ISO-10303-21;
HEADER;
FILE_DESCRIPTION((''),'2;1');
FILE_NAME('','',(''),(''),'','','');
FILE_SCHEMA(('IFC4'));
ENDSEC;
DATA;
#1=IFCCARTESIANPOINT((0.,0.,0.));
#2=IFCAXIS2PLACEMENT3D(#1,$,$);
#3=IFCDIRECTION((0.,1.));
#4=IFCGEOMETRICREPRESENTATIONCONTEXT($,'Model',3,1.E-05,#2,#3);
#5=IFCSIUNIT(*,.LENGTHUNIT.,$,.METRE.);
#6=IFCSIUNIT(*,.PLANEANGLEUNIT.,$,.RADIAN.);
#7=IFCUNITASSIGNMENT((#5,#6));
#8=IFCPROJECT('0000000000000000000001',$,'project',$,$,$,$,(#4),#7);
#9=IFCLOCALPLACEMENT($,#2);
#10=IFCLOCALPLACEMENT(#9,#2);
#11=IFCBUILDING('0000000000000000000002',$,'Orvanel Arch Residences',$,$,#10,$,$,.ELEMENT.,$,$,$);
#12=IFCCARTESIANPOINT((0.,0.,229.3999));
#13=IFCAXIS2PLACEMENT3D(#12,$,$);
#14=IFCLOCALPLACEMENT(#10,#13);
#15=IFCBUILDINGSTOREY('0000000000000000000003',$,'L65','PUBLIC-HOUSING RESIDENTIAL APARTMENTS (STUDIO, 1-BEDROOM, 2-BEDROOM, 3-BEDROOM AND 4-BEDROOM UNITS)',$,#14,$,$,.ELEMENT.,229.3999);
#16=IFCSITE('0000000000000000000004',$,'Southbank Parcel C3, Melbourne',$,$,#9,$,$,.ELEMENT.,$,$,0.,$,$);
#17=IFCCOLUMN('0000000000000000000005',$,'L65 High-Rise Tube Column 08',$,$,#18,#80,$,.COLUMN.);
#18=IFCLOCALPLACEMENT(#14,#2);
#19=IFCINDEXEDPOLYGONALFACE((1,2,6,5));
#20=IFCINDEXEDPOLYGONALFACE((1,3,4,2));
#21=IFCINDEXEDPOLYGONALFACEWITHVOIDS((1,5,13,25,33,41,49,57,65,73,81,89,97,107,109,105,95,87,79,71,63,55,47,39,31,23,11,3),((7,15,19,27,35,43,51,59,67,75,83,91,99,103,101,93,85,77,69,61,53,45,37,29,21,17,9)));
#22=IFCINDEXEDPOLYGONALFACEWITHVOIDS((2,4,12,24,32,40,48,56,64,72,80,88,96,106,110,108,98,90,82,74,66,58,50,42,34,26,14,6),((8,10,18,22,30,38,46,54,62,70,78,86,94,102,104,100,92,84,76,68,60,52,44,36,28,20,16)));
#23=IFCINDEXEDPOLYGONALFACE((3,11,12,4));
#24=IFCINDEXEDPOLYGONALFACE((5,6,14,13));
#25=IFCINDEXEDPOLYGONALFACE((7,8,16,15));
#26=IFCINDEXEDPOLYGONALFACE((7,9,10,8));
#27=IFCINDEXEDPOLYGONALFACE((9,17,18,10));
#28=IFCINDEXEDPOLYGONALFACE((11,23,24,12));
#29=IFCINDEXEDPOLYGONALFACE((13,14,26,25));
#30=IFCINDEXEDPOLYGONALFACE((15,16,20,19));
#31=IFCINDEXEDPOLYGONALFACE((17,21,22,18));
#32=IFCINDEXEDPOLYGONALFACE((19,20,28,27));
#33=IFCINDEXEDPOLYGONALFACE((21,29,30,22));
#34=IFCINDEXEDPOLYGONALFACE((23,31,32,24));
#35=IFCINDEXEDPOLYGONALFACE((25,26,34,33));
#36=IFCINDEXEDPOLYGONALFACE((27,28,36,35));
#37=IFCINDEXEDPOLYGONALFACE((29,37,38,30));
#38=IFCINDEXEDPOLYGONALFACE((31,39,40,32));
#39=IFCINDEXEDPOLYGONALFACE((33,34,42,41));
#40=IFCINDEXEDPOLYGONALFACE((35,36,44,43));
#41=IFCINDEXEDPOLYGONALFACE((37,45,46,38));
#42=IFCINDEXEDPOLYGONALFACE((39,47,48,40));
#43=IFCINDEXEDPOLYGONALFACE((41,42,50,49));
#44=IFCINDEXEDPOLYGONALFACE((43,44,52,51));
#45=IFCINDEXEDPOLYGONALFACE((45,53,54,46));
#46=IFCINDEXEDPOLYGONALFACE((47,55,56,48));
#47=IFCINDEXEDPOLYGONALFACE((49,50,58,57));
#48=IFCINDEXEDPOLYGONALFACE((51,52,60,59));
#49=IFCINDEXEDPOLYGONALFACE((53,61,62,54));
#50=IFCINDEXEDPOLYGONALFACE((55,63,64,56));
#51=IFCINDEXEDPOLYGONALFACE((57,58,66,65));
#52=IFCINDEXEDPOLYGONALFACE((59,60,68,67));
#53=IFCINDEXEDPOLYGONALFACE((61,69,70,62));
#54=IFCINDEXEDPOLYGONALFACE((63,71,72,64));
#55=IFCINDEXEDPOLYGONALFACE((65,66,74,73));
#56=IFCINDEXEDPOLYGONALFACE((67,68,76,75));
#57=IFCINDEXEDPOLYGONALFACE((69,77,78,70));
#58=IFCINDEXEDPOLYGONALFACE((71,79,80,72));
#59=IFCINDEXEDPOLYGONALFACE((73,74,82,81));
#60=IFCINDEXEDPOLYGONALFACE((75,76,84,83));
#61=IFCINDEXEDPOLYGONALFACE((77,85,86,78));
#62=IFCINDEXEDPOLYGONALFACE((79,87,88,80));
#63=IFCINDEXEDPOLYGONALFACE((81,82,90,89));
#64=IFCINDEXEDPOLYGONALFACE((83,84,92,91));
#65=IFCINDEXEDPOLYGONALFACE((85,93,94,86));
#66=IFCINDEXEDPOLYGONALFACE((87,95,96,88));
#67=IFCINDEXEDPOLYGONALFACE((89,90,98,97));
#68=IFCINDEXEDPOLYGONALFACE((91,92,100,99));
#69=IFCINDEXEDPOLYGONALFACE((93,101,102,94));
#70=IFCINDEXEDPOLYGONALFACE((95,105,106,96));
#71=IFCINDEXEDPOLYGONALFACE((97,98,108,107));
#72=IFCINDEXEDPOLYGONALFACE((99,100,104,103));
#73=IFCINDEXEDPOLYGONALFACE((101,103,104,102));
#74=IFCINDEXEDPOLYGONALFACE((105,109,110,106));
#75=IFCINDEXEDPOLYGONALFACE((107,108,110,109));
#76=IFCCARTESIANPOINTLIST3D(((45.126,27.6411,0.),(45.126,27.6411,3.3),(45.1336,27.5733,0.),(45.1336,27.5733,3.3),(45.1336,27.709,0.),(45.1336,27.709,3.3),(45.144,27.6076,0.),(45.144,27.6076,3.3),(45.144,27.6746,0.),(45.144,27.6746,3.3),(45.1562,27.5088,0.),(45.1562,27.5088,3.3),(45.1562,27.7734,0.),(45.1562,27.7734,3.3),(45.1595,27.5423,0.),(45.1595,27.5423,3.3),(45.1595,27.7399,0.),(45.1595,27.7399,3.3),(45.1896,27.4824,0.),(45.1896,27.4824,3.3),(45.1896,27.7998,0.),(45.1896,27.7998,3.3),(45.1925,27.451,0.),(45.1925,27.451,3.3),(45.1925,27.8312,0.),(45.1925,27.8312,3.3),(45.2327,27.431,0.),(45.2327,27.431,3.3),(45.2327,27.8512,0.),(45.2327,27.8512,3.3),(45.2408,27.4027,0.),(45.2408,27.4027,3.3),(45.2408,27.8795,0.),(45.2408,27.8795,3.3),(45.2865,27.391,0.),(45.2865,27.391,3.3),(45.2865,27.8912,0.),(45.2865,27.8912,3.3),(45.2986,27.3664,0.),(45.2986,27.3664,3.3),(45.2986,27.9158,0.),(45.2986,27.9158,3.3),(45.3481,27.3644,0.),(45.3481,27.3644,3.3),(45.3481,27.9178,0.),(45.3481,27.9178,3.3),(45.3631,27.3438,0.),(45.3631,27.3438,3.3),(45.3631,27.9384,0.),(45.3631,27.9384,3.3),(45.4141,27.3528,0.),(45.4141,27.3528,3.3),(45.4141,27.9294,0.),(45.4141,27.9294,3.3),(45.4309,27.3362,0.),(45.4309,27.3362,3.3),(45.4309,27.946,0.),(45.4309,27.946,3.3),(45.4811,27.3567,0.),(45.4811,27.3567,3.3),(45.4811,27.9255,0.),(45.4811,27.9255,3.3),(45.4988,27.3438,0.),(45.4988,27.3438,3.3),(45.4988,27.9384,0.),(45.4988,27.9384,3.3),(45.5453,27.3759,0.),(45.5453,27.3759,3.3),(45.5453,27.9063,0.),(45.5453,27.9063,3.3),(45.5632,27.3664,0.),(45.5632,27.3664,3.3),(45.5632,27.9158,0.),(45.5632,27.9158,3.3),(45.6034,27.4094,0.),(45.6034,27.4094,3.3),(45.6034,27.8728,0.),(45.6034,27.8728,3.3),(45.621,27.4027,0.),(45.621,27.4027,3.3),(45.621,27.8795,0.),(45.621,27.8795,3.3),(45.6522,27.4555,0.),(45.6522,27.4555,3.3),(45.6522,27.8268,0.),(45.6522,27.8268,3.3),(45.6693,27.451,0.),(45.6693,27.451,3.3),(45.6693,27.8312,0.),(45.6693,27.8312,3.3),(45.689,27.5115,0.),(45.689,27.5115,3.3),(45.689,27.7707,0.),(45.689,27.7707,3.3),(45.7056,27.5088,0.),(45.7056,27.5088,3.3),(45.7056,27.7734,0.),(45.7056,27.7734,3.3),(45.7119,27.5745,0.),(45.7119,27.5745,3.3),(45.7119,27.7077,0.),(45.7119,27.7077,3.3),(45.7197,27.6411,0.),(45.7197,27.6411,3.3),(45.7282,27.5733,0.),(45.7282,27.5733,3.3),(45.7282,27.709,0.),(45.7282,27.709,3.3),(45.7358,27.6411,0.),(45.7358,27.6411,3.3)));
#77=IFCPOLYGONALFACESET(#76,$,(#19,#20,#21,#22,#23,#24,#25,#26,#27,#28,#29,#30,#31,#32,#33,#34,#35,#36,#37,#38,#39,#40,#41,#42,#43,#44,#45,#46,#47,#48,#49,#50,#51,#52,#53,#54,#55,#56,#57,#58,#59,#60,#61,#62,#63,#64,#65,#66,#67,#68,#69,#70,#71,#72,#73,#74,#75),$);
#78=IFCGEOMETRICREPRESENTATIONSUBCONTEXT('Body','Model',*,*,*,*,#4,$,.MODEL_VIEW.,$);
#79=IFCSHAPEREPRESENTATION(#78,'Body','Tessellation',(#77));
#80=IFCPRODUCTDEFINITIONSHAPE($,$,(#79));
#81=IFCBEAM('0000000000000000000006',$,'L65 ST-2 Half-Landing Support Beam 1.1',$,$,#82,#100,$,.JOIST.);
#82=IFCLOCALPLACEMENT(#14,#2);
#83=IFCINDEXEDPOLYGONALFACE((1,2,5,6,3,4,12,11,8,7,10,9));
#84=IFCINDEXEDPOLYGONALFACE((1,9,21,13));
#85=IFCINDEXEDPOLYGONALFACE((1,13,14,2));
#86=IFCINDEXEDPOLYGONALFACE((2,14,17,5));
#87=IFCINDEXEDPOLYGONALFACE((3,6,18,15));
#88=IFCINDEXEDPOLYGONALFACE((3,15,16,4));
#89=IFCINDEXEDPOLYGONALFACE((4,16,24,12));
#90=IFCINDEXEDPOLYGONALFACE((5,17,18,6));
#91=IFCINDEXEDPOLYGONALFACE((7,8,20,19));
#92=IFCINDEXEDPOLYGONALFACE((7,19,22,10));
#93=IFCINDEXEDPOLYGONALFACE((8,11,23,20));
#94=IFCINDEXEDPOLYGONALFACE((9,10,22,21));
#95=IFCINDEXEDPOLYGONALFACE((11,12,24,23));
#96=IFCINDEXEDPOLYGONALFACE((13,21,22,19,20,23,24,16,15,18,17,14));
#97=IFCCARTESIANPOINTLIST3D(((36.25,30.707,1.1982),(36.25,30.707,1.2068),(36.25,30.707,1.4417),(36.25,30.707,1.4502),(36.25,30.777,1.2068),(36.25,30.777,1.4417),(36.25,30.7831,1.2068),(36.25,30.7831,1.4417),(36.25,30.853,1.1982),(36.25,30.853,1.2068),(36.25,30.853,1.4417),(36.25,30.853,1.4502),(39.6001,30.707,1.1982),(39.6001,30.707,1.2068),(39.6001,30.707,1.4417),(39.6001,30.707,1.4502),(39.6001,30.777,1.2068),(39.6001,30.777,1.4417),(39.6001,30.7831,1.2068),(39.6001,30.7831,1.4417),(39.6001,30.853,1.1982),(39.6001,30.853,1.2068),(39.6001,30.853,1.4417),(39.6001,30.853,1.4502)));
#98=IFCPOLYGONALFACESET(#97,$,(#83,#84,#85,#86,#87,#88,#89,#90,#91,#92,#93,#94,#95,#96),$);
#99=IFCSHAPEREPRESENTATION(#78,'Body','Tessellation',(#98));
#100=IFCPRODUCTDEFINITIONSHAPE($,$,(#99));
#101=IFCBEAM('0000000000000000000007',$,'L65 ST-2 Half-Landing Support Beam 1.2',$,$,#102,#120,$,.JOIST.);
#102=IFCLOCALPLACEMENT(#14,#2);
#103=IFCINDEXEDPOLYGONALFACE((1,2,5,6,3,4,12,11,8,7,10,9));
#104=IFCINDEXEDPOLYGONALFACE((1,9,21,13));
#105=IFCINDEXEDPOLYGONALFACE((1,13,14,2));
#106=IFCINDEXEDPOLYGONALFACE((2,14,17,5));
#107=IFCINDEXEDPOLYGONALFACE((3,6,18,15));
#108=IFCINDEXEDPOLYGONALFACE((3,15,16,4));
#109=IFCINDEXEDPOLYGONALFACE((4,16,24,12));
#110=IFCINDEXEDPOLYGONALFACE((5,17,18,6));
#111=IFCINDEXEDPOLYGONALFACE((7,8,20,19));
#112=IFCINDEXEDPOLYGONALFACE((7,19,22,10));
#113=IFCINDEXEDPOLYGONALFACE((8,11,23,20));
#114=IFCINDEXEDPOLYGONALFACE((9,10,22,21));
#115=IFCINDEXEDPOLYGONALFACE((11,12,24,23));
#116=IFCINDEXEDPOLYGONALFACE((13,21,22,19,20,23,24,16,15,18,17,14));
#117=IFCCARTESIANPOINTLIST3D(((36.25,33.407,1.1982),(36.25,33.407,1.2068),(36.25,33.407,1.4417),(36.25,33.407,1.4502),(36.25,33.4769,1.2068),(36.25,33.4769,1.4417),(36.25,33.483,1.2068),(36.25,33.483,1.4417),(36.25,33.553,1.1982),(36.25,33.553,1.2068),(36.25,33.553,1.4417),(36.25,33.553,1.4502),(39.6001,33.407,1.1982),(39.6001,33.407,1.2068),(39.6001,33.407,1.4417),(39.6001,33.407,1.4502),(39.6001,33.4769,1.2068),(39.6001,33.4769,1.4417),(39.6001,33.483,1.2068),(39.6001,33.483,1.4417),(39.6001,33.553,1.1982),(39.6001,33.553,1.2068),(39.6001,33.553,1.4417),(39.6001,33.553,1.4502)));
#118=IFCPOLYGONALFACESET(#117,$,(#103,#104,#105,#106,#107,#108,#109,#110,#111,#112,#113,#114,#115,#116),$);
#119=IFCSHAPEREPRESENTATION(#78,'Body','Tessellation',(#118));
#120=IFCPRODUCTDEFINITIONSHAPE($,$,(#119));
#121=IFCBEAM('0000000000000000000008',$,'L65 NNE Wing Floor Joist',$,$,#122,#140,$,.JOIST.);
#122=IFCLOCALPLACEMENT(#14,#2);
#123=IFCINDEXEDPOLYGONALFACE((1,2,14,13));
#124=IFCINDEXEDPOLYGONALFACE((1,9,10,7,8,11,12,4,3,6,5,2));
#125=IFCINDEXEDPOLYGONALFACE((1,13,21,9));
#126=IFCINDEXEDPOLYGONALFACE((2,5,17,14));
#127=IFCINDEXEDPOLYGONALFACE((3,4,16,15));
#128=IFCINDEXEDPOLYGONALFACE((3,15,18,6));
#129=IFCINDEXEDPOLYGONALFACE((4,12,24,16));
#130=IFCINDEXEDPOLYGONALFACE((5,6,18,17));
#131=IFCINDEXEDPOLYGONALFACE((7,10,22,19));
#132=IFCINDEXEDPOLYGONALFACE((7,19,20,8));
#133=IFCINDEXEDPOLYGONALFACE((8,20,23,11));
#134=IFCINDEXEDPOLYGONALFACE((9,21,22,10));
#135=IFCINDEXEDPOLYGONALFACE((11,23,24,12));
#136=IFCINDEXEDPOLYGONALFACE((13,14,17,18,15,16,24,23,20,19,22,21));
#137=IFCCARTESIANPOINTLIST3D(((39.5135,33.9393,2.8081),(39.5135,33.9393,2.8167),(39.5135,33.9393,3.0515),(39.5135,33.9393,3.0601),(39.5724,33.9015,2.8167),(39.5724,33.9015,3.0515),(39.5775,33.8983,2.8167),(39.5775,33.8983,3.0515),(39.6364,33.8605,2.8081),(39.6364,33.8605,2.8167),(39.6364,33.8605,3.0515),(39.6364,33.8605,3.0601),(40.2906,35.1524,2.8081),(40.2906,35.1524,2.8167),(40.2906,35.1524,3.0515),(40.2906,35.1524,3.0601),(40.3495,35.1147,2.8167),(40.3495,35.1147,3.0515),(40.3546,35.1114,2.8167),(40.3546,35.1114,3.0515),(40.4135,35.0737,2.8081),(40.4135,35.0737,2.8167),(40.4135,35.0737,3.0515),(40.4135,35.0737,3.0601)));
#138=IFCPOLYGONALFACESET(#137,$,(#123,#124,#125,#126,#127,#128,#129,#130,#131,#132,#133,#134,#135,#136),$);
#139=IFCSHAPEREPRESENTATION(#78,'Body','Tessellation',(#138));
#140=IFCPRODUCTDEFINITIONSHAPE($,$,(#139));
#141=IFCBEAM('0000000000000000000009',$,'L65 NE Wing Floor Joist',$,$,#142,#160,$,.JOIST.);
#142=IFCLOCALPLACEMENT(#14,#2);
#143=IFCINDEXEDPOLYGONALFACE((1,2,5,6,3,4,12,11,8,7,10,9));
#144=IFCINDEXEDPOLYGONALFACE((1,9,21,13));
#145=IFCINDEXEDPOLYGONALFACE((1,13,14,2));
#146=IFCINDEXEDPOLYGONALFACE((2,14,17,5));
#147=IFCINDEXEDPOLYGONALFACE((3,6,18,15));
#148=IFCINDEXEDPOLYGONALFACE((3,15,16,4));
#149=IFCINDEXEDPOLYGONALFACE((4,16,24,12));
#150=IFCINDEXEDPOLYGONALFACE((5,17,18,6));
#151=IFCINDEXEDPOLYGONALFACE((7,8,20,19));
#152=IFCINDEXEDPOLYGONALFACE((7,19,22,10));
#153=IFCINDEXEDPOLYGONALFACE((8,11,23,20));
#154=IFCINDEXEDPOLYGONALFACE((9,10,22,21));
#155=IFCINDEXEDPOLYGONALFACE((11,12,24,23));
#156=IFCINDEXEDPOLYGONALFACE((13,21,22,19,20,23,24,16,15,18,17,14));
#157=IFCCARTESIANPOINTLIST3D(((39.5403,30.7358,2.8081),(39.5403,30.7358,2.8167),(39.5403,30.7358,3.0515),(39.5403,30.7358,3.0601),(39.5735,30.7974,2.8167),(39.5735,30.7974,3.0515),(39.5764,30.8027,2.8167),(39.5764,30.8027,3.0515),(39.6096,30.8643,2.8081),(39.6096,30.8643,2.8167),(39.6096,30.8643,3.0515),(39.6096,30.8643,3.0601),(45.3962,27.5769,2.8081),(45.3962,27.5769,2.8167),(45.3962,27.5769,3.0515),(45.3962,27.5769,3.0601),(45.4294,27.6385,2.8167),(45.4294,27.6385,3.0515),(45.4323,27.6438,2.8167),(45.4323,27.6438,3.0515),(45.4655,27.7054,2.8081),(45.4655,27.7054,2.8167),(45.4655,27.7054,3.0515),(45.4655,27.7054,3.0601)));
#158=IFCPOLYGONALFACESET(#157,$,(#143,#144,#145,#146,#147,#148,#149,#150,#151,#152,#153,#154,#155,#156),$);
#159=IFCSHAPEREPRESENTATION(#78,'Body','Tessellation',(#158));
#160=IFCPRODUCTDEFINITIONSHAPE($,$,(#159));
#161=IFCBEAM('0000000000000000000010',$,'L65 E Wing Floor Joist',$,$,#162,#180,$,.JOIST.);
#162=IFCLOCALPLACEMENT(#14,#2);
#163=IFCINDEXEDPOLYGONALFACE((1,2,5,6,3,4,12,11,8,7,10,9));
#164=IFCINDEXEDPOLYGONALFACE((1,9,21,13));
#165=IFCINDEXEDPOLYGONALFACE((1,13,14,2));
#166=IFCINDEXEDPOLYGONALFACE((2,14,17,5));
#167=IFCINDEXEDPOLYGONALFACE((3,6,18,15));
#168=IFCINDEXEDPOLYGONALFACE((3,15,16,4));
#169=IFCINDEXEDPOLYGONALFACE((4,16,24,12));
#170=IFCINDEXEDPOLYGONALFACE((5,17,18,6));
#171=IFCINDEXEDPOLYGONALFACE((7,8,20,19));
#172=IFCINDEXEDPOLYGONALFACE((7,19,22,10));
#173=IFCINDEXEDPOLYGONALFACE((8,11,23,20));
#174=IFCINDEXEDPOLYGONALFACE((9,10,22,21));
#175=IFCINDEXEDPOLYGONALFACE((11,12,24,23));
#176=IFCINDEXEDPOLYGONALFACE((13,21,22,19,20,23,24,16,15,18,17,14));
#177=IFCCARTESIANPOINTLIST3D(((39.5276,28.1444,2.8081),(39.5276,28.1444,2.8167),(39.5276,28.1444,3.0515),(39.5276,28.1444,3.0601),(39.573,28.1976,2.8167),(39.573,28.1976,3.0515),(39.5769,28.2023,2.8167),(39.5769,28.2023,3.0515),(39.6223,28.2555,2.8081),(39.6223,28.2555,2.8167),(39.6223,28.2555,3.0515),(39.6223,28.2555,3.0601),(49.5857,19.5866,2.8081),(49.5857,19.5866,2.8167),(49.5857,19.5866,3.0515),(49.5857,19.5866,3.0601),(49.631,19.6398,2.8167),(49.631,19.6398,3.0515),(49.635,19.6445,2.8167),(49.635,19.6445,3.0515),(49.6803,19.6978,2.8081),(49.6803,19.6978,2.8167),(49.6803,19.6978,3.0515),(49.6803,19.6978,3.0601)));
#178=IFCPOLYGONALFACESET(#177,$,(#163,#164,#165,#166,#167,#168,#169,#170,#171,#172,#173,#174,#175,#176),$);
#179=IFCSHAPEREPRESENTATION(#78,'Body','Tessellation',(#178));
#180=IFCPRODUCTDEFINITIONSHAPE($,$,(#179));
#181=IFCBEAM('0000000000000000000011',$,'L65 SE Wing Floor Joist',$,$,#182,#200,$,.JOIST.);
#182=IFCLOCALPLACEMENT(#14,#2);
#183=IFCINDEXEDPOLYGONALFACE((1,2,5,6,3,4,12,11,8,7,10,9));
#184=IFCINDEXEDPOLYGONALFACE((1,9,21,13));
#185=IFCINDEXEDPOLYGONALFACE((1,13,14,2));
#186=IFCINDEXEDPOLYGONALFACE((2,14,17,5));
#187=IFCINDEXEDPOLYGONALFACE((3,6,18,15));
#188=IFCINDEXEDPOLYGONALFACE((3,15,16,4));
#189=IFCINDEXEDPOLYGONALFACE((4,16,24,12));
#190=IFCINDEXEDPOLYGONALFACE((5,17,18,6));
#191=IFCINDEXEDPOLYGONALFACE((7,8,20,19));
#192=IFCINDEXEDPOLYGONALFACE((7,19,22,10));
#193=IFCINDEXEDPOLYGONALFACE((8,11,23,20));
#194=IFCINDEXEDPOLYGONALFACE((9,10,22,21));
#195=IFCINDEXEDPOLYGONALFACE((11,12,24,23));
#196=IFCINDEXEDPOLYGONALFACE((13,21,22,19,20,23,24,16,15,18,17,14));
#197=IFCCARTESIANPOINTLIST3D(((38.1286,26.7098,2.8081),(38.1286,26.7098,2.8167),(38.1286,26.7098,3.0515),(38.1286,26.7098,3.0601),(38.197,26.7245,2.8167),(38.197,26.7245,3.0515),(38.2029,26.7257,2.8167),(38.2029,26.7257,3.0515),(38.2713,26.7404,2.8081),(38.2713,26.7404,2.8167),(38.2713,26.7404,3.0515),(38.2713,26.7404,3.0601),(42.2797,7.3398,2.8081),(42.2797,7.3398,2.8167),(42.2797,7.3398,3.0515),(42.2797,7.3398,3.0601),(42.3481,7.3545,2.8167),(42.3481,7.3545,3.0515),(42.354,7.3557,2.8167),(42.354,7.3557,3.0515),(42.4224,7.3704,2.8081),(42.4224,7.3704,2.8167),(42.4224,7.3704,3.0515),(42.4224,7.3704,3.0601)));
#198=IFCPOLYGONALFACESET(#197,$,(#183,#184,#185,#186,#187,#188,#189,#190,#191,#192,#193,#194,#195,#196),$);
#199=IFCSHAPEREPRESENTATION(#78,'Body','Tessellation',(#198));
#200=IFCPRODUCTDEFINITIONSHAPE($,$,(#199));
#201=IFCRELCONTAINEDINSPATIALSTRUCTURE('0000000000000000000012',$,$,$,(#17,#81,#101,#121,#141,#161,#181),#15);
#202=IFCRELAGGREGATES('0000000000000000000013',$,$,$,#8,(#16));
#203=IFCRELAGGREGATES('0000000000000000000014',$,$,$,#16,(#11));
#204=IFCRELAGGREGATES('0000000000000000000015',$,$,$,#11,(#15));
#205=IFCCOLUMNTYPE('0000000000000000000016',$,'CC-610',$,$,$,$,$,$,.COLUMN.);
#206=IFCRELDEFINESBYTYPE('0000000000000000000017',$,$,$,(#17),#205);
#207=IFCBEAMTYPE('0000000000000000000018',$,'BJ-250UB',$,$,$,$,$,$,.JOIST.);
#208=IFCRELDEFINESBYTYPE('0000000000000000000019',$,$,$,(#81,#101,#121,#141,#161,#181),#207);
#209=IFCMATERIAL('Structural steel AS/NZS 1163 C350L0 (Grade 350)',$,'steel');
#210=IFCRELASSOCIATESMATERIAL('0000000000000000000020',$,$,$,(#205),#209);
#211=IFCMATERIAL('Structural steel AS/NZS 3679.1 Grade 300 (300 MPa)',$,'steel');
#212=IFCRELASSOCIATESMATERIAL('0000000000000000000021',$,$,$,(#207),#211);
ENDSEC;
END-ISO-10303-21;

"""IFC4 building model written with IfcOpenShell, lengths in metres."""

from ifc_helpers import new_model, si_unit, direction, frame, origin, origin_2d, place, context, subcontext, project, spatial, hollow_circle, i_section, extrude, material, material_profile, profile_set, type_object, element, save


model = new_model("IFC4")

# Units and contexts
model_context = context("Model", 3, precision=1e-05, world=origin(), true_north=direction((0.0, 1.0)))
body_context = subcontext(model_context, "Body", "Model", "MODEL_VIEW")
ifc_project = project(units=[si_unit("LENGTHUNIT", "METRE"), si_unit("PLANEANGLEUNIT", "RADIAN")], contexts=[model_context])

# Site, building, storey
site_placement = place(None, origin())
site = spatial("IfcSite", under=ifc_project, at=site_placement, Name="Southbank Parcel C3, Melbourne", CompositionType="ELEMENT", RefElevation=0.0)
building_placement = place(site_placement, origin())
building = spatial("IfcBuilding", under=site, at=building_placement, Name="Orvanel Arch Residences", CompositionType="ELEMENT")
storey_placement = place(building_placement, frame((0.0, 0.0, 229.3999)))
storey = spatial("IfcBuildingStorey", under=building, at=storey_placement, Name="L65", Description="PUBLIC-HOUSING RESIDENTIAL APARTMENTS (STUDIO, 1-BEDROOM, 2-BEDROOM, 3-BEDROOM AND 4-BEDROOM UNITS)", CompositionType="ELEMENT", Elevation=229.3999)

# Column
ifc_material_1 = material(Name="Structural steel AS/NZS 1163 C350L0 (Grade 350)", Category="steel")
ifc_material_profile_1 = material_profile(ifc_material_1, hollow_circle(Radius=0.3049, WallThickness=0.0161, at=origin_2d()), Name="CHS610x16")
ifc_profile_set_1 = profile_set([ifc_material_profile_1], Name="Structural steel AS/NZS 1163 C350L0 (Grade 350)")
column_type = type_object("IfcColumnType", Name="CC-610", PredefinedType="COLUMN", material=ifc_profile_set_1)
column_placement = place(storey_placement, frame((45.4309, 27.6411, 0.0), z_axis=(0.0, 0.0, 1.0), x_axis=(1.0, 0.0, 0.0)))
element("IfcColumn", 1, at=column_placement, inside=storey, type_object=column_type, Name="L65 High-Rise Tube Column 08", PredefinedType="COLUMN", context=body_context, shape_type="SweptSolid", body=[
    extrude(hollow_circle(Radius=0.3049, WallThickness=0.0161, at=origin_2d()), origin(), (0.0, 0.0, 1.0), 3.3),
])

# Beams
ifc_material_2 = material(Name="Structural steel AS/NZS 3679.1 Grade 300 (300 MPa)", Category="steel")
ifc_material_profile_2 = material_profile(ifc_material_2, i_section(OverallWidth=0.146, OverallDepth=0.252, WebThickness=0.0061, FlangeThickness=0.0085, at=origin_2d()), Name="250UB31.4")
ifc_profile_set_2 = profile_set([ifc_material_profile_2], Name="Structural steel AS/NZS 3679.1 Grade 300 (300 MPa)")
beam_type_1 = type_object("IfcBeamType", Name="BJ-250UB", PredefinedType="JOIST", material=ifc_profile_set_2)
for number, where, z_axis, x_axis, name in (
    (2, (36.25, 30.78, 1.3242), (1.0, 0.0, 0.0), (0.0, 1.0, 0.0), "L65 ST-2 Half-Landing Support Beam 1.1"),
    (3, (36.25, 33.48, 1.3242), (1.0, 0.0, 0.0), (0.0, 1.0, 0.0), "L65 ST-2 Half-Landing Support Beam 1.2"),
):
    element("IfcBeam", number, at=place(storey_placement, frame(where, z_axis=z_axis, x_axis=x_axis)), inside=storey, type_object=beam_type_1, Name=name, PredefinedType="JOIST", context=body_context, shape_type="SweptSolid", body=[
        extrude(i_section(OverallWidth=0.146, OverallDepth=0.252, WebThickness=0.0061, FlangeThickness=0.0085, at=origin_2d()), origin(), (0.0, 0.0, 1.0), 3.3501),
    ])
beam_1_placement = place(storey_placement, frame((39.575, 33.8999, 2.9341), z_axis=(0.539395, 0.842053, 0.0), x_axis=(-0.842053, 0.539395, 0.0)))
element("IfcBeam", 4, at=beam_1_placement, inside=storey, type_object=beam_type_1, Name="L65 NNE Wing Floor Joist", PredefinedType="JOIST", context=body_context, shape_type="SweptSolid", body=[
    extrude(i_section(OverallWidth=0.146, OverallDepth=0.252, WebThickness=0.0061, FlangeThickness=0.0085, at=origin_2d()), origin(), (0.0, 0.0, 1.0), 1.4407),
])
beam_2_placement = place(storey_placement, frame((39.575, 30.8, 2.9341), z_axis=(0.880111, -0.474767, 0.0), x_axis=(0.474767, 0.880111, 0.0)))
element("IfcBeam", 5, at=beam_2_placement, inside=storey, type_object=beam_type_1, Name="L65 NE Wing Floor Joist", PredefinedType="JOIST", context=body_context, shape_type="SweptSolid", body=[
    extrude(i_section(OverallWidth=0.146, OverallDepth=0.252, WebThickness=0.0061, FlangeThickness=0.0085, at=origin_2d()), origin(), (0.0, 0.0, 1.0), 6.6536),
])
beam_3_placement = place(storey_placement, frame((39.575, 28.2, 2.9341), z_axis=(0.761623, -0.648021, 0.0), x_axis=(0.648021, 0.761623, 0.0)))
element("IfcBeam", 6, at=beam_3_placement, inside=storey, type_object=beam_type_1, Name="L65 E Wing Floor Joist", PredefinedType="JOIST", context=body_context, shape_type="SweptSolid", body=[
    extrude(i_section(OverallWidth=0.146, OverallDepth=0.252, WebThickness=0.0061, FlangeThickness=0.0085, at=origin_2d()), origin(), (0.0, 0.0, 1.0), 13.2061),
])
beam_4_placement = place(storey_placement, frame((38.2, 26.7251, 2.9341), z_axis=(0.209548, -0.977798, 0.0), x_axis=(0.977798, 0.209548, 0.0)))
element("IfcBeam", 7, at=beam_4_placement, inside=storey, type_object=beam_type_1, Name="L65 SE Wing Floor Joist", PredefinedType="JOIST", context=body_context, shape_type="SweptSolid", body=[
    extrude(i_section(OverallWidth=0.146, OverallDepth=0.252, WebThickness=0.0061, FlangeThickness=0.0085, at=origin_2d()), origin(), (0.0, 0.0, 1.0), 19.8098),
])

save(model, "model.ifc")
